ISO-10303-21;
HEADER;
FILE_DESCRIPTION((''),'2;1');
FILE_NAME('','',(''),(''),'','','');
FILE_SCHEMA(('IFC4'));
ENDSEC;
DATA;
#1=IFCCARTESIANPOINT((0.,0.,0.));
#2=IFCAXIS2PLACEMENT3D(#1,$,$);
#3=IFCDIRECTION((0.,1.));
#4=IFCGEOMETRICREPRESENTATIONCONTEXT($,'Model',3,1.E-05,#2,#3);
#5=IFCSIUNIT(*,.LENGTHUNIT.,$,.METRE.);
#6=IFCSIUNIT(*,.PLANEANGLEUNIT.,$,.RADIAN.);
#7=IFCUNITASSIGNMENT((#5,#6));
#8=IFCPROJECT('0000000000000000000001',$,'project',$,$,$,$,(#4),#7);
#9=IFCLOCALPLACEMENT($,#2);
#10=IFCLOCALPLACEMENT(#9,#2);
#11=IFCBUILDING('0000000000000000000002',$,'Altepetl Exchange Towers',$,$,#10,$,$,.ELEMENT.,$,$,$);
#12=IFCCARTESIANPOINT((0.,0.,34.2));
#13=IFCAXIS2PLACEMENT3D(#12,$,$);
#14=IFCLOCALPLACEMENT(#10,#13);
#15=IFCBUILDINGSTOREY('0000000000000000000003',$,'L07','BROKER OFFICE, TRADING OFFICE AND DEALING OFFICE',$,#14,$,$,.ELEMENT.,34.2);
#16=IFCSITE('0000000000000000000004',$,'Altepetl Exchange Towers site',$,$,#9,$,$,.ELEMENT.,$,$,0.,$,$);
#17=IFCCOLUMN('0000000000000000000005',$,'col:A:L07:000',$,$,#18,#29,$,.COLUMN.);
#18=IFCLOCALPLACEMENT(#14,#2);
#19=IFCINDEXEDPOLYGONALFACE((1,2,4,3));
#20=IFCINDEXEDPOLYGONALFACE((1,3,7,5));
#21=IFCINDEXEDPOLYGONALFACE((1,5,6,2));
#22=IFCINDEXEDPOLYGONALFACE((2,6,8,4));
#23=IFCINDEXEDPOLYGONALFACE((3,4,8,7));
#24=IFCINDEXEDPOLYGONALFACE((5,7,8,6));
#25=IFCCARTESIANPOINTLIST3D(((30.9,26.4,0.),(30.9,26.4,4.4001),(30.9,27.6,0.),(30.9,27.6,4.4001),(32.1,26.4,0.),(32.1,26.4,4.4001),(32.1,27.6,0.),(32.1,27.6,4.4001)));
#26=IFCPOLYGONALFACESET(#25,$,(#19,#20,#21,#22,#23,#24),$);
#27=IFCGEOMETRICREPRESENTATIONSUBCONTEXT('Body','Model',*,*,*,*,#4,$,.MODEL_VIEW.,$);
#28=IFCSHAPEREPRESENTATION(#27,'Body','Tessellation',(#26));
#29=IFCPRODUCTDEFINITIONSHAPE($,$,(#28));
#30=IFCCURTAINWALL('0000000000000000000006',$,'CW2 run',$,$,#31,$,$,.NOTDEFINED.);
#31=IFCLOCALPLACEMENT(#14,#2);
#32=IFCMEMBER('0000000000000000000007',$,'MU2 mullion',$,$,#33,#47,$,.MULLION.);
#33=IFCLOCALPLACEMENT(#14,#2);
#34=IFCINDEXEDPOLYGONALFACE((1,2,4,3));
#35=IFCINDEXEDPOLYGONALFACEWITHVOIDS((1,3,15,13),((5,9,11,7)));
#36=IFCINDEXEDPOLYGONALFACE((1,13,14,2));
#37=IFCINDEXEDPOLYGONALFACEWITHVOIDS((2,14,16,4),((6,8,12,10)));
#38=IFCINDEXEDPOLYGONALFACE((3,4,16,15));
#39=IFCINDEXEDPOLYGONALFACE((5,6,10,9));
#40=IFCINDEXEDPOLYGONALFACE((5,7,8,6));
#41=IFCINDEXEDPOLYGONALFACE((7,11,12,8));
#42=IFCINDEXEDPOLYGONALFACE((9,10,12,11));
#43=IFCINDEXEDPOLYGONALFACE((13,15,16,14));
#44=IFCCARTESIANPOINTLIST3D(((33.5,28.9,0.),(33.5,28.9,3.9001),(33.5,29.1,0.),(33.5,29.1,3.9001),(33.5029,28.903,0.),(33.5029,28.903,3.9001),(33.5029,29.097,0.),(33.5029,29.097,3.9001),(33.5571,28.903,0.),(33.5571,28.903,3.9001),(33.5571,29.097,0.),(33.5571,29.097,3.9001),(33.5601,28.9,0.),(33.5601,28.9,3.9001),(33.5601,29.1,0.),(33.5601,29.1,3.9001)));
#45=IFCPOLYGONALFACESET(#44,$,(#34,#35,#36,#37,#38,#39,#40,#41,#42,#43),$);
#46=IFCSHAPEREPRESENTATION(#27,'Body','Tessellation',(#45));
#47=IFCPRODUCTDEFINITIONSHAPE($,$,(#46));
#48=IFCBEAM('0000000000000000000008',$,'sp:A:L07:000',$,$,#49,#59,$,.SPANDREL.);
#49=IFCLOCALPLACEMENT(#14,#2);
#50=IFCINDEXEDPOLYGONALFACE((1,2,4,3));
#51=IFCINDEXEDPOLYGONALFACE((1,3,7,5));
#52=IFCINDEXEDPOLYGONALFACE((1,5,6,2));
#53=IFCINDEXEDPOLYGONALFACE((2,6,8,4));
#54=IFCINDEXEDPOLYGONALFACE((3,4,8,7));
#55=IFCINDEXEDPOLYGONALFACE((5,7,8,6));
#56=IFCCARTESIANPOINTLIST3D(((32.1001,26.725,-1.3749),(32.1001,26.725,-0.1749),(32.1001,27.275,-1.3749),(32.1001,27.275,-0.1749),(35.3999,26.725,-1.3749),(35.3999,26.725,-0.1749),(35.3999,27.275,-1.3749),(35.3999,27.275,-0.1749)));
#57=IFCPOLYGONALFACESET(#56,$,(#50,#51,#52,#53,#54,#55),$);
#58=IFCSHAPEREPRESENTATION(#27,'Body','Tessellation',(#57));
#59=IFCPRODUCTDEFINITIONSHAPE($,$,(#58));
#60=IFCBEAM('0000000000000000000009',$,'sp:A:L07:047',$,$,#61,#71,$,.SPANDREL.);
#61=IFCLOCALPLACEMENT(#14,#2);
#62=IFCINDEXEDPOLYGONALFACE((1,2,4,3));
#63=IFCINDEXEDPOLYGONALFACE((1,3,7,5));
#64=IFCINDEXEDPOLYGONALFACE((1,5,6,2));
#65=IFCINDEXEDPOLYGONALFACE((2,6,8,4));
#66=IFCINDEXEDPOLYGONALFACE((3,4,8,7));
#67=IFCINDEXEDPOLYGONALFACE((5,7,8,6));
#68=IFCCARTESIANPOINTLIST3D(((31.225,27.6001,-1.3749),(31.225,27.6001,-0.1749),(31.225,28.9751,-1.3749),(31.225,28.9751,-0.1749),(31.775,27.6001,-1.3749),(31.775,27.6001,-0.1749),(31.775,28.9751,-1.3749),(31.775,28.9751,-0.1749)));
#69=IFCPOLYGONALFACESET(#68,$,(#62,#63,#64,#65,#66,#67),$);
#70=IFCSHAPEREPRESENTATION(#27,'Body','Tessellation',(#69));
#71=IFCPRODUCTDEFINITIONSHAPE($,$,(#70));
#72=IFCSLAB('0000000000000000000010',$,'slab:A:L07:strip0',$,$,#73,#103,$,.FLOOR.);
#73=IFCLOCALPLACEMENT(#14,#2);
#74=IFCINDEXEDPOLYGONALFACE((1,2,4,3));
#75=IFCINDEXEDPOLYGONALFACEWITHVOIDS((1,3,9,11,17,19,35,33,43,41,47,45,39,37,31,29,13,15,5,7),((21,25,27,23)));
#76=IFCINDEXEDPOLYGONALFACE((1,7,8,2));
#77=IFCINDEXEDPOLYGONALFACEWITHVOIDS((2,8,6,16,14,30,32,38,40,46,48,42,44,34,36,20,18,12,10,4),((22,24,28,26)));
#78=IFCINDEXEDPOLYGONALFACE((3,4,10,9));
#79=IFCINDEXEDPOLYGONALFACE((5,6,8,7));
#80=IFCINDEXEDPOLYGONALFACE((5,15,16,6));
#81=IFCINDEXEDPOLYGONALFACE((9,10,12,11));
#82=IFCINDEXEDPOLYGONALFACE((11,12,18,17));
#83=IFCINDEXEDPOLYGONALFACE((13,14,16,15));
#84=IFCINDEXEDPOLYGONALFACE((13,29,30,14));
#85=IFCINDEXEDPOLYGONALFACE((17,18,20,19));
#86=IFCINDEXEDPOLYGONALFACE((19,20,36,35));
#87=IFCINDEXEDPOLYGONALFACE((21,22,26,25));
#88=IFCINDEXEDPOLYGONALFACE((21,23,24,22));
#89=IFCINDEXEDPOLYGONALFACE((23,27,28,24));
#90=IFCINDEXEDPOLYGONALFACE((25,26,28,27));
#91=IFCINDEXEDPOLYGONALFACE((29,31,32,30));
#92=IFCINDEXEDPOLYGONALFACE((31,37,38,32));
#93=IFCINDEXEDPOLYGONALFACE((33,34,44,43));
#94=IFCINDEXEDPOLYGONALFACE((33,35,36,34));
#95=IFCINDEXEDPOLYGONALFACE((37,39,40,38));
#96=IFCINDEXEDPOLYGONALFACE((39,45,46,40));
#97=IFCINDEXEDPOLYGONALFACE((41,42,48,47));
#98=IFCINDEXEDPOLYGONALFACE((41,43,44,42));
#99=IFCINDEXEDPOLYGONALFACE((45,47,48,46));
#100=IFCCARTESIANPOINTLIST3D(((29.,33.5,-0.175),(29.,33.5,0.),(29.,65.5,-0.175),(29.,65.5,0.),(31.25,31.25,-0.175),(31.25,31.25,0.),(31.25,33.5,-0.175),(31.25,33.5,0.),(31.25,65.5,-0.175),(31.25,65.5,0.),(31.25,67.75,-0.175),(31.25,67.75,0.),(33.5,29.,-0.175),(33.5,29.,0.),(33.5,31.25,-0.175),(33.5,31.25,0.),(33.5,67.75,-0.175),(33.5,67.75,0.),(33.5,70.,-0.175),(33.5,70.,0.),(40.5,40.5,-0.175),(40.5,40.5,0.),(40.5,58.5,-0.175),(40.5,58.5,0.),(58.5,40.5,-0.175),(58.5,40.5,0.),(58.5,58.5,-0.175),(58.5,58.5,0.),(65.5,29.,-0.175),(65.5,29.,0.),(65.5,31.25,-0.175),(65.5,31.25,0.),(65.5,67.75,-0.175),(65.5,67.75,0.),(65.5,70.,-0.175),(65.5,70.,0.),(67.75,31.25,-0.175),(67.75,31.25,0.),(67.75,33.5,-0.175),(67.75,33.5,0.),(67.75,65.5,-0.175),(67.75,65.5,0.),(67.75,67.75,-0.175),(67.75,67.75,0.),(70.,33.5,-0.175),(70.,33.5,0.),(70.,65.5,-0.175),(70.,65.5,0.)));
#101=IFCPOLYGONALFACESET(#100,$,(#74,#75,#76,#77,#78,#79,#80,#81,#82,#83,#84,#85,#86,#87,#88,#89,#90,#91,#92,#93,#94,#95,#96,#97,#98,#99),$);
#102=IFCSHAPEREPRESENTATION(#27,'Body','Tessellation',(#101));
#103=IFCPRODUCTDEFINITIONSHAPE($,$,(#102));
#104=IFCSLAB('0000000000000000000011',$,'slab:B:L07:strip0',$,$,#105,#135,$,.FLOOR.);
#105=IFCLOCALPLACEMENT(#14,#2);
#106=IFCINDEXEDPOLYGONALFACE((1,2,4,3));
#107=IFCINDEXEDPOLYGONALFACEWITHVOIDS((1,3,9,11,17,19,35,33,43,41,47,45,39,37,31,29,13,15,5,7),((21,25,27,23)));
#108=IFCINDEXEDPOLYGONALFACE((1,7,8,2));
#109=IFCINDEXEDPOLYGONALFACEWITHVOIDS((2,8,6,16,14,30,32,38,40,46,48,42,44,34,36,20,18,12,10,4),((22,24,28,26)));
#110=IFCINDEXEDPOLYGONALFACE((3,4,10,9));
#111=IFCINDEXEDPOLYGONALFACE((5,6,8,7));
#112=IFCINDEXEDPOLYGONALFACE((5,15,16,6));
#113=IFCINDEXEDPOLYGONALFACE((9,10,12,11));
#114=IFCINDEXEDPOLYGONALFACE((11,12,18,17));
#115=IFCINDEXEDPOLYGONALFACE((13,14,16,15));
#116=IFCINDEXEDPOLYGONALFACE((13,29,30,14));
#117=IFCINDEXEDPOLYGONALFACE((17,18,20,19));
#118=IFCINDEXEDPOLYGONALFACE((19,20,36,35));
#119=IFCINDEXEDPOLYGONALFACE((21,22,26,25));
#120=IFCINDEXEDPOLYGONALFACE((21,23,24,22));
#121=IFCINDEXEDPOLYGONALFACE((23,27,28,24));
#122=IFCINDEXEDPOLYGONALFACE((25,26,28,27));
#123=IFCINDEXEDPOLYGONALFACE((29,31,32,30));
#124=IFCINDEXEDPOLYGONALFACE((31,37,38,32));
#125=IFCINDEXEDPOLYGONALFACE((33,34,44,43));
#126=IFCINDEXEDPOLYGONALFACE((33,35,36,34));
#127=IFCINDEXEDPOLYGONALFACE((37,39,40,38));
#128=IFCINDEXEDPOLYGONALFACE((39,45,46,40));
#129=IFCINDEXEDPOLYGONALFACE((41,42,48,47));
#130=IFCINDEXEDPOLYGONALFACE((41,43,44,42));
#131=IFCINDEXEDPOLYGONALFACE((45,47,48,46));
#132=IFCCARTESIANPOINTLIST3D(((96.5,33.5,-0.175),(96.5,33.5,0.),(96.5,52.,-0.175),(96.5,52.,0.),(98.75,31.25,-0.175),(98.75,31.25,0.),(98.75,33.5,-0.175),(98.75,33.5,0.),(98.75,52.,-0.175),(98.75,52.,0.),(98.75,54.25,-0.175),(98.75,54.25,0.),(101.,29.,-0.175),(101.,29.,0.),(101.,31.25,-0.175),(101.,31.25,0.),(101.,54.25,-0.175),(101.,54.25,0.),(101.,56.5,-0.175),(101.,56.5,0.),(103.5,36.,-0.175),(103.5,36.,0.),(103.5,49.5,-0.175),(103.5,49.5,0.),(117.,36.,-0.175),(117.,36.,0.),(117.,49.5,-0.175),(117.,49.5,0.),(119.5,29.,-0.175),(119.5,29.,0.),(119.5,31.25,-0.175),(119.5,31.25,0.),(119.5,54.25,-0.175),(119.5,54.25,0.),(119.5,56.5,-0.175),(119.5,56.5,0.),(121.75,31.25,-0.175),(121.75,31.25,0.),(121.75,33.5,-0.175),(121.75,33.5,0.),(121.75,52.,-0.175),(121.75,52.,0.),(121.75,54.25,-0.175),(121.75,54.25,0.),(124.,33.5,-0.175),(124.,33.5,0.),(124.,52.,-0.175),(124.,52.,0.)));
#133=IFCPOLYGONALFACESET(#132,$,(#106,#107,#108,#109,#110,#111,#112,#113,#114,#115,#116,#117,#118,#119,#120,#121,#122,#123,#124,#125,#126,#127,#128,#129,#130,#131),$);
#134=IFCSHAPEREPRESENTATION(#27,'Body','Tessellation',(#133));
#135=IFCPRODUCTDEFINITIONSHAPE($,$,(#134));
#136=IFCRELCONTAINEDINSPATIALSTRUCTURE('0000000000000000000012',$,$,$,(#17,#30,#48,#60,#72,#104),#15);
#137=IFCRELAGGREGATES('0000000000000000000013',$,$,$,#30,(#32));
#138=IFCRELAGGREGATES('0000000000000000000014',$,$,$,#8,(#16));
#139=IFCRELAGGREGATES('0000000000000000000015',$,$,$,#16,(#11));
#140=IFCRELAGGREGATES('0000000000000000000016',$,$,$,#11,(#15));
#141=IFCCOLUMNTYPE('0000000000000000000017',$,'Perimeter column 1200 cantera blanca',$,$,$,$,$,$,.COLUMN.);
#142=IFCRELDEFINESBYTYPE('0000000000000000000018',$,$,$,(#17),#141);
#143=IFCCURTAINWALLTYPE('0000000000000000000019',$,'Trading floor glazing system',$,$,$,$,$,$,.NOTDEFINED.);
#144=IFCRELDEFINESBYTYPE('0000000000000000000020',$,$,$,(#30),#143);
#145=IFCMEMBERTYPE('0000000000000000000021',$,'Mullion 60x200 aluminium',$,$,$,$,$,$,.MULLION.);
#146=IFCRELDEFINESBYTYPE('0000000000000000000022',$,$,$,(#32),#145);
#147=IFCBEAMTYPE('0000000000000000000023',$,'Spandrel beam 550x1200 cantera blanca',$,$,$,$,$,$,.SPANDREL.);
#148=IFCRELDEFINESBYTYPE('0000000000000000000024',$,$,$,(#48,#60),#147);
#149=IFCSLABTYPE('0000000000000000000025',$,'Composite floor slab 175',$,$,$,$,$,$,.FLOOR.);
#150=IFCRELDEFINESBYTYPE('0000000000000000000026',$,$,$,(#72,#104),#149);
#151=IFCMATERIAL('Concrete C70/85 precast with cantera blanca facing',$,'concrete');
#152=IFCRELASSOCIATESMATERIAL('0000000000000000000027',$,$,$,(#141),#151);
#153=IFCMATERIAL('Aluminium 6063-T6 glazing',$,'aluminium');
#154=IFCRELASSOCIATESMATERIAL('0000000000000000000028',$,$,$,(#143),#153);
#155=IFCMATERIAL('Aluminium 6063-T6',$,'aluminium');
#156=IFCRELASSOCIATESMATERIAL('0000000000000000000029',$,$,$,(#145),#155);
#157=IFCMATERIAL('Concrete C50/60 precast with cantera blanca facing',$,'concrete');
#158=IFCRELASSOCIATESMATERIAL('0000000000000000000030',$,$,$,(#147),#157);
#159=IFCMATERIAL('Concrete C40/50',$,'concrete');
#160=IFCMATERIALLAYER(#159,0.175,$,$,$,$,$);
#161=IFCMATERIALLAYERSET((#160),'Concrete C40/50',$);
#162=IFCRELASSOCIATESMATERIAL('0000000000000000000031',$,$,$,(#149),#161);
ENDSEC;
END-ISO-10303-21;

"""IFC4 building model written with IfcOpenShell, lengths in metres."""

from ifc_helpers import new_model, si_unit, direction, frame, origin, origin_2d, place, context, subcontext, project, spatial, polyline, rectangle, hollow_rectangle, outline, extrude, material, layer, layer_set, material_profile, profile_set, type_object, element, aggregate, save


model = new_model("IFC4")

# Units and contexts
model_context = context("Model", 3, precision=1e-05, world=origin(), true_north=direction((0.0, 1.0)))
body_context = subcontext(model_context, "Body", "Model", "MODEL_VIEW")
ifc_project = project(units=[si_unit("LENGTHUNIT", "METRE"), si_unit("PLANEANGLEUNIT", "RADIAN")], contexts=[model_context])

# Site, building, storey
site_placement = place(None, origin())
site = spatial("IfcSite", under=ifc_project, at=site_placement, Name="Altepetl Exchange Towers site", CompositionType="ELEMENT", RefElevation=0.0)
building_placement = place(site_placement, origin())
building = spatial("IfcBuilding", under=site, at=building_placement, Name="Altepetl Exchange Towers", CompositionType="ELEMENT")
storey_placement = place(building_placement, frame((0.0, 0.0, 34.2)))
storey = spatial("IfcBuildingStorey", under=building, at=storey_placement, Name="L07", Description="BROKER OFFICE, TRADING OFFICE AND DEALING OFFICE", CompositionType="ELEMENT", Elevation=34.2)

# Column
ifc_material_1 = material(Name="Concrete C70/85 precast with cantera blanca facing", Category="concrete")
ifc_material_profile_1 = material_profile(ifc_material_1, rectangle(XDim=1.2, YDim=1.2, at=origin_2d()), Name="1200 x 1200")
ifc_profile_set_1 = profile_set([ifc_material_profile_1], Name="Concrete C70/85 precast with cantera blanca facing")
column_type = type_object("IfcColumnType", Name="Perimeter column 1200 cantera blanca", PredefinedType="COLUMN", material=ifc_profile_set_1)
column_placement = place(storey_placement, frame((31.5, 27.0, 0.0)))
element("IfcColumn", 1, at=column_placement, inside=storey, type_object=column_type, Name="col:A:L07:000", PredefinedType="COLUMN", context=body_context, shape_type="SweptSolid", body=[
    extrude(rectangle(XDim=1.2, YDim=1.2, at=origin_2d()), origin(), (0.0, 0.0, 1.0), 4.4001),
])

# Curtain wall, member
ifc_material_2 = material(Name="Aluminium 6063-T6 glazing", Category="aluminium")
curtain_wall_type = type_object("IfcCurtainWallType", Name="Trading floor glazing system", PredefinedType="NOTDEFINED", material=ifc_material_2)
curtain_wall_placement = place(storey_placement, origin())
curtain_wall = element("IfcCurtainWall", 2, at=curtain_wall_placement, inside=storey, type_object=curtain_wall_type, Name="CW2 run", PredefinedType="NOTDEFINED")
ifc_material_3 = material(Name="Aluminium 6063-T6", Category="aluminium")
ifc_material_profile_2 = material_profile(ifc_material_3, hollow_rectangle(XDim=0.0601, YDim=0.2, WallThickness=0.0029, at=origin_2d()), Name="Mullion 60x200 aluminium")
ifc_profile_set_2 = profile_set([ifc_material_profile_2], Name="Aluminium 6063-T6")
member_type = type_object("IfcMemberType", Name="Mullion 60x200 aluminium", PredefinedType="MULLION", material=ifc_profile_set_2)
member_placement = place(storey_placement, frame((33.53, 29.0, 0.0)))
member = element("IfcMember", 3, at=member_placement, type_object=member_type, Name="MU2 mullion", PredefinedType="MULLION", context=body_context, shape_type="SweptSolid", body=[
    extrude(hollow_rectangle(XDim=0.0601, YDim=0.2, WallThickness=0.0029, at=origin_2d()), origin(), (0.0, 0.0, 1.0), 3.9001),
])
aggregate(curtain_wall, [member])

# Beams
ifc_material_4 = material(Name="Concrete C50/60 precast with cantera blanca facing", Category="concrete")
ifc_material_profile_3 = material_profile(ifc_material_4, rectangle(XDim=0.55, YDim=1.2, at=origin_2d()), Name="550 x 1200")
ifc_profile_set_3 = profile_set([ifc_material_profile_3], Name="Concrete C50/60 precast with cantera blanca facing")
beam_type = type_object("IfcBeamType", Name="Spandrel beam 550x1200 cantera blanca", PredefinedType="SPANDREL", material=ifc_profile_set_3)
beam_1_placement = place(storey_placement, frame((32.1001, 27.0, -0.7749), z_axis=(1.0, 0.0, 0.0), x_axis=(0.0, 1.0, 0.0)))
element("IfcBeam", 4, at=beam_1_placement, inside=storey, type_object=beam_type, Name="sp:A:L07:000", PredefinedType="SPANDREL", context=body_context, shape_type="SweptSolid", body=[
    extrude(rectangle(XDim=0.55, YDim=1.2, at=origin_2d()), origin(), (0.0, 0.0, 1.0), 3.2998),
])
beam_2_placement = place(storey_placement, frame((31.5, 28.9751, -0.7749), z_axis=(0.0, -1.0, 0.0), x_axis=(1.0, 0.0, 0.0)))
element("IfcBeam", 5, at=beam_2_placement, inside=storey, type_object=beam_type, Name="sp:A:L07:047", PredefinedType="SPANDREL", context=body_context, shape_type="SweptSolid", body=[
    extrude(rectangle(XDim=0.55, YDim=1.2, at=origin_2d()), origin(), (0.0, 0.0, 1.0), 1.375),
])

# Slabs
ifc_material_5 = material(Name="Concrete C40/50", Category="concrete")
ifc_layer_1 = layer(ifc_material_5, 0.175)
ifc_layer_set_1 = layer_set([ifc_layer_1], Name="Concrete C40/50")
slab_type_1 = type_object("IfcSlabType", Name="Composite floor slab 175", PredefinedType="FLOOR", material=ifc_layer_set_1)
slab_1_placement = place(storey_placement, frame((0.0, 0.0, -0.175)))
element("IfcSlab", 6, at=slab_1_placement, inside=storey, type_object=slab_type_1, Name="slab:A:L07:strip0", PredefinedType="FLOOR", context=body_context, shape_type="SweptSolid", body=[
    extrude(outline(polyline([(31.25, 67.75), (31.25, 65.5), (29.0, 65.5), (29.0, 33.5), (31.25, 33.5), (31.25, 31.25), (33.5, 31.25), (33.5, 29.0), (65.5, 29.0), (65.5, 31.25), (67.75, 31.25), (67.75, 33.5), (70.0, 33.5), (70.0, 65.5), (67.75, 65.5), (67.75, 67.75), (65.5, 67.75), (65.5, 70.0), (33.5, 70.0), (33.5, 67.75), (31.25, 67.75)]), holes=[polyline([(58.5, 58.5), (58.5, 40.5), (40.5, 40.5), (40.5, 58.5), (58.5, 58.5)])]), origin(), (0.0, 0.0, 1.0), 0.175),
])
slab_2_placement = place(storey_placement, frame((0.0, 0.0, -0.175)))
element("IfcSlab", 7, at=slab_2_placement, inside=storey, type_object=slab_type_1, Name="slab:B:L07:strip0", PredefinedType="FLOOR", context=body_context, shape_type="SweptSolid", body=[
    extrude(outline(polyline([(98.75, 54.25), (98.75, 52.0), (96.5, 52.0), (96.5, 33.5), (98.75, 33.5), (98.75, 31.25), (101.0, 31.25), (101.0, 29.0), (119.5, 29.0), (119.5, 31.25), (121.75, 31.25), (121.75, 33.5), (124.0, 33.5), (124.0, 52.0), (121.75, 52.0), (121.75, 54.25), (119.5, 54.25), (119.5, 56.5), (101.0, 56.5), (101.0, 54.25), (98.75, 54.25)]), holes=[polyline([(117.0, 49.5), (117.0, 36.0), (103.5, 36.0), (103.5, 49.5), (117.0, 49.5)])]), origin(), (0.0, 0.0, 1.0), 0.175),
])

save(model, "model.ifc")
